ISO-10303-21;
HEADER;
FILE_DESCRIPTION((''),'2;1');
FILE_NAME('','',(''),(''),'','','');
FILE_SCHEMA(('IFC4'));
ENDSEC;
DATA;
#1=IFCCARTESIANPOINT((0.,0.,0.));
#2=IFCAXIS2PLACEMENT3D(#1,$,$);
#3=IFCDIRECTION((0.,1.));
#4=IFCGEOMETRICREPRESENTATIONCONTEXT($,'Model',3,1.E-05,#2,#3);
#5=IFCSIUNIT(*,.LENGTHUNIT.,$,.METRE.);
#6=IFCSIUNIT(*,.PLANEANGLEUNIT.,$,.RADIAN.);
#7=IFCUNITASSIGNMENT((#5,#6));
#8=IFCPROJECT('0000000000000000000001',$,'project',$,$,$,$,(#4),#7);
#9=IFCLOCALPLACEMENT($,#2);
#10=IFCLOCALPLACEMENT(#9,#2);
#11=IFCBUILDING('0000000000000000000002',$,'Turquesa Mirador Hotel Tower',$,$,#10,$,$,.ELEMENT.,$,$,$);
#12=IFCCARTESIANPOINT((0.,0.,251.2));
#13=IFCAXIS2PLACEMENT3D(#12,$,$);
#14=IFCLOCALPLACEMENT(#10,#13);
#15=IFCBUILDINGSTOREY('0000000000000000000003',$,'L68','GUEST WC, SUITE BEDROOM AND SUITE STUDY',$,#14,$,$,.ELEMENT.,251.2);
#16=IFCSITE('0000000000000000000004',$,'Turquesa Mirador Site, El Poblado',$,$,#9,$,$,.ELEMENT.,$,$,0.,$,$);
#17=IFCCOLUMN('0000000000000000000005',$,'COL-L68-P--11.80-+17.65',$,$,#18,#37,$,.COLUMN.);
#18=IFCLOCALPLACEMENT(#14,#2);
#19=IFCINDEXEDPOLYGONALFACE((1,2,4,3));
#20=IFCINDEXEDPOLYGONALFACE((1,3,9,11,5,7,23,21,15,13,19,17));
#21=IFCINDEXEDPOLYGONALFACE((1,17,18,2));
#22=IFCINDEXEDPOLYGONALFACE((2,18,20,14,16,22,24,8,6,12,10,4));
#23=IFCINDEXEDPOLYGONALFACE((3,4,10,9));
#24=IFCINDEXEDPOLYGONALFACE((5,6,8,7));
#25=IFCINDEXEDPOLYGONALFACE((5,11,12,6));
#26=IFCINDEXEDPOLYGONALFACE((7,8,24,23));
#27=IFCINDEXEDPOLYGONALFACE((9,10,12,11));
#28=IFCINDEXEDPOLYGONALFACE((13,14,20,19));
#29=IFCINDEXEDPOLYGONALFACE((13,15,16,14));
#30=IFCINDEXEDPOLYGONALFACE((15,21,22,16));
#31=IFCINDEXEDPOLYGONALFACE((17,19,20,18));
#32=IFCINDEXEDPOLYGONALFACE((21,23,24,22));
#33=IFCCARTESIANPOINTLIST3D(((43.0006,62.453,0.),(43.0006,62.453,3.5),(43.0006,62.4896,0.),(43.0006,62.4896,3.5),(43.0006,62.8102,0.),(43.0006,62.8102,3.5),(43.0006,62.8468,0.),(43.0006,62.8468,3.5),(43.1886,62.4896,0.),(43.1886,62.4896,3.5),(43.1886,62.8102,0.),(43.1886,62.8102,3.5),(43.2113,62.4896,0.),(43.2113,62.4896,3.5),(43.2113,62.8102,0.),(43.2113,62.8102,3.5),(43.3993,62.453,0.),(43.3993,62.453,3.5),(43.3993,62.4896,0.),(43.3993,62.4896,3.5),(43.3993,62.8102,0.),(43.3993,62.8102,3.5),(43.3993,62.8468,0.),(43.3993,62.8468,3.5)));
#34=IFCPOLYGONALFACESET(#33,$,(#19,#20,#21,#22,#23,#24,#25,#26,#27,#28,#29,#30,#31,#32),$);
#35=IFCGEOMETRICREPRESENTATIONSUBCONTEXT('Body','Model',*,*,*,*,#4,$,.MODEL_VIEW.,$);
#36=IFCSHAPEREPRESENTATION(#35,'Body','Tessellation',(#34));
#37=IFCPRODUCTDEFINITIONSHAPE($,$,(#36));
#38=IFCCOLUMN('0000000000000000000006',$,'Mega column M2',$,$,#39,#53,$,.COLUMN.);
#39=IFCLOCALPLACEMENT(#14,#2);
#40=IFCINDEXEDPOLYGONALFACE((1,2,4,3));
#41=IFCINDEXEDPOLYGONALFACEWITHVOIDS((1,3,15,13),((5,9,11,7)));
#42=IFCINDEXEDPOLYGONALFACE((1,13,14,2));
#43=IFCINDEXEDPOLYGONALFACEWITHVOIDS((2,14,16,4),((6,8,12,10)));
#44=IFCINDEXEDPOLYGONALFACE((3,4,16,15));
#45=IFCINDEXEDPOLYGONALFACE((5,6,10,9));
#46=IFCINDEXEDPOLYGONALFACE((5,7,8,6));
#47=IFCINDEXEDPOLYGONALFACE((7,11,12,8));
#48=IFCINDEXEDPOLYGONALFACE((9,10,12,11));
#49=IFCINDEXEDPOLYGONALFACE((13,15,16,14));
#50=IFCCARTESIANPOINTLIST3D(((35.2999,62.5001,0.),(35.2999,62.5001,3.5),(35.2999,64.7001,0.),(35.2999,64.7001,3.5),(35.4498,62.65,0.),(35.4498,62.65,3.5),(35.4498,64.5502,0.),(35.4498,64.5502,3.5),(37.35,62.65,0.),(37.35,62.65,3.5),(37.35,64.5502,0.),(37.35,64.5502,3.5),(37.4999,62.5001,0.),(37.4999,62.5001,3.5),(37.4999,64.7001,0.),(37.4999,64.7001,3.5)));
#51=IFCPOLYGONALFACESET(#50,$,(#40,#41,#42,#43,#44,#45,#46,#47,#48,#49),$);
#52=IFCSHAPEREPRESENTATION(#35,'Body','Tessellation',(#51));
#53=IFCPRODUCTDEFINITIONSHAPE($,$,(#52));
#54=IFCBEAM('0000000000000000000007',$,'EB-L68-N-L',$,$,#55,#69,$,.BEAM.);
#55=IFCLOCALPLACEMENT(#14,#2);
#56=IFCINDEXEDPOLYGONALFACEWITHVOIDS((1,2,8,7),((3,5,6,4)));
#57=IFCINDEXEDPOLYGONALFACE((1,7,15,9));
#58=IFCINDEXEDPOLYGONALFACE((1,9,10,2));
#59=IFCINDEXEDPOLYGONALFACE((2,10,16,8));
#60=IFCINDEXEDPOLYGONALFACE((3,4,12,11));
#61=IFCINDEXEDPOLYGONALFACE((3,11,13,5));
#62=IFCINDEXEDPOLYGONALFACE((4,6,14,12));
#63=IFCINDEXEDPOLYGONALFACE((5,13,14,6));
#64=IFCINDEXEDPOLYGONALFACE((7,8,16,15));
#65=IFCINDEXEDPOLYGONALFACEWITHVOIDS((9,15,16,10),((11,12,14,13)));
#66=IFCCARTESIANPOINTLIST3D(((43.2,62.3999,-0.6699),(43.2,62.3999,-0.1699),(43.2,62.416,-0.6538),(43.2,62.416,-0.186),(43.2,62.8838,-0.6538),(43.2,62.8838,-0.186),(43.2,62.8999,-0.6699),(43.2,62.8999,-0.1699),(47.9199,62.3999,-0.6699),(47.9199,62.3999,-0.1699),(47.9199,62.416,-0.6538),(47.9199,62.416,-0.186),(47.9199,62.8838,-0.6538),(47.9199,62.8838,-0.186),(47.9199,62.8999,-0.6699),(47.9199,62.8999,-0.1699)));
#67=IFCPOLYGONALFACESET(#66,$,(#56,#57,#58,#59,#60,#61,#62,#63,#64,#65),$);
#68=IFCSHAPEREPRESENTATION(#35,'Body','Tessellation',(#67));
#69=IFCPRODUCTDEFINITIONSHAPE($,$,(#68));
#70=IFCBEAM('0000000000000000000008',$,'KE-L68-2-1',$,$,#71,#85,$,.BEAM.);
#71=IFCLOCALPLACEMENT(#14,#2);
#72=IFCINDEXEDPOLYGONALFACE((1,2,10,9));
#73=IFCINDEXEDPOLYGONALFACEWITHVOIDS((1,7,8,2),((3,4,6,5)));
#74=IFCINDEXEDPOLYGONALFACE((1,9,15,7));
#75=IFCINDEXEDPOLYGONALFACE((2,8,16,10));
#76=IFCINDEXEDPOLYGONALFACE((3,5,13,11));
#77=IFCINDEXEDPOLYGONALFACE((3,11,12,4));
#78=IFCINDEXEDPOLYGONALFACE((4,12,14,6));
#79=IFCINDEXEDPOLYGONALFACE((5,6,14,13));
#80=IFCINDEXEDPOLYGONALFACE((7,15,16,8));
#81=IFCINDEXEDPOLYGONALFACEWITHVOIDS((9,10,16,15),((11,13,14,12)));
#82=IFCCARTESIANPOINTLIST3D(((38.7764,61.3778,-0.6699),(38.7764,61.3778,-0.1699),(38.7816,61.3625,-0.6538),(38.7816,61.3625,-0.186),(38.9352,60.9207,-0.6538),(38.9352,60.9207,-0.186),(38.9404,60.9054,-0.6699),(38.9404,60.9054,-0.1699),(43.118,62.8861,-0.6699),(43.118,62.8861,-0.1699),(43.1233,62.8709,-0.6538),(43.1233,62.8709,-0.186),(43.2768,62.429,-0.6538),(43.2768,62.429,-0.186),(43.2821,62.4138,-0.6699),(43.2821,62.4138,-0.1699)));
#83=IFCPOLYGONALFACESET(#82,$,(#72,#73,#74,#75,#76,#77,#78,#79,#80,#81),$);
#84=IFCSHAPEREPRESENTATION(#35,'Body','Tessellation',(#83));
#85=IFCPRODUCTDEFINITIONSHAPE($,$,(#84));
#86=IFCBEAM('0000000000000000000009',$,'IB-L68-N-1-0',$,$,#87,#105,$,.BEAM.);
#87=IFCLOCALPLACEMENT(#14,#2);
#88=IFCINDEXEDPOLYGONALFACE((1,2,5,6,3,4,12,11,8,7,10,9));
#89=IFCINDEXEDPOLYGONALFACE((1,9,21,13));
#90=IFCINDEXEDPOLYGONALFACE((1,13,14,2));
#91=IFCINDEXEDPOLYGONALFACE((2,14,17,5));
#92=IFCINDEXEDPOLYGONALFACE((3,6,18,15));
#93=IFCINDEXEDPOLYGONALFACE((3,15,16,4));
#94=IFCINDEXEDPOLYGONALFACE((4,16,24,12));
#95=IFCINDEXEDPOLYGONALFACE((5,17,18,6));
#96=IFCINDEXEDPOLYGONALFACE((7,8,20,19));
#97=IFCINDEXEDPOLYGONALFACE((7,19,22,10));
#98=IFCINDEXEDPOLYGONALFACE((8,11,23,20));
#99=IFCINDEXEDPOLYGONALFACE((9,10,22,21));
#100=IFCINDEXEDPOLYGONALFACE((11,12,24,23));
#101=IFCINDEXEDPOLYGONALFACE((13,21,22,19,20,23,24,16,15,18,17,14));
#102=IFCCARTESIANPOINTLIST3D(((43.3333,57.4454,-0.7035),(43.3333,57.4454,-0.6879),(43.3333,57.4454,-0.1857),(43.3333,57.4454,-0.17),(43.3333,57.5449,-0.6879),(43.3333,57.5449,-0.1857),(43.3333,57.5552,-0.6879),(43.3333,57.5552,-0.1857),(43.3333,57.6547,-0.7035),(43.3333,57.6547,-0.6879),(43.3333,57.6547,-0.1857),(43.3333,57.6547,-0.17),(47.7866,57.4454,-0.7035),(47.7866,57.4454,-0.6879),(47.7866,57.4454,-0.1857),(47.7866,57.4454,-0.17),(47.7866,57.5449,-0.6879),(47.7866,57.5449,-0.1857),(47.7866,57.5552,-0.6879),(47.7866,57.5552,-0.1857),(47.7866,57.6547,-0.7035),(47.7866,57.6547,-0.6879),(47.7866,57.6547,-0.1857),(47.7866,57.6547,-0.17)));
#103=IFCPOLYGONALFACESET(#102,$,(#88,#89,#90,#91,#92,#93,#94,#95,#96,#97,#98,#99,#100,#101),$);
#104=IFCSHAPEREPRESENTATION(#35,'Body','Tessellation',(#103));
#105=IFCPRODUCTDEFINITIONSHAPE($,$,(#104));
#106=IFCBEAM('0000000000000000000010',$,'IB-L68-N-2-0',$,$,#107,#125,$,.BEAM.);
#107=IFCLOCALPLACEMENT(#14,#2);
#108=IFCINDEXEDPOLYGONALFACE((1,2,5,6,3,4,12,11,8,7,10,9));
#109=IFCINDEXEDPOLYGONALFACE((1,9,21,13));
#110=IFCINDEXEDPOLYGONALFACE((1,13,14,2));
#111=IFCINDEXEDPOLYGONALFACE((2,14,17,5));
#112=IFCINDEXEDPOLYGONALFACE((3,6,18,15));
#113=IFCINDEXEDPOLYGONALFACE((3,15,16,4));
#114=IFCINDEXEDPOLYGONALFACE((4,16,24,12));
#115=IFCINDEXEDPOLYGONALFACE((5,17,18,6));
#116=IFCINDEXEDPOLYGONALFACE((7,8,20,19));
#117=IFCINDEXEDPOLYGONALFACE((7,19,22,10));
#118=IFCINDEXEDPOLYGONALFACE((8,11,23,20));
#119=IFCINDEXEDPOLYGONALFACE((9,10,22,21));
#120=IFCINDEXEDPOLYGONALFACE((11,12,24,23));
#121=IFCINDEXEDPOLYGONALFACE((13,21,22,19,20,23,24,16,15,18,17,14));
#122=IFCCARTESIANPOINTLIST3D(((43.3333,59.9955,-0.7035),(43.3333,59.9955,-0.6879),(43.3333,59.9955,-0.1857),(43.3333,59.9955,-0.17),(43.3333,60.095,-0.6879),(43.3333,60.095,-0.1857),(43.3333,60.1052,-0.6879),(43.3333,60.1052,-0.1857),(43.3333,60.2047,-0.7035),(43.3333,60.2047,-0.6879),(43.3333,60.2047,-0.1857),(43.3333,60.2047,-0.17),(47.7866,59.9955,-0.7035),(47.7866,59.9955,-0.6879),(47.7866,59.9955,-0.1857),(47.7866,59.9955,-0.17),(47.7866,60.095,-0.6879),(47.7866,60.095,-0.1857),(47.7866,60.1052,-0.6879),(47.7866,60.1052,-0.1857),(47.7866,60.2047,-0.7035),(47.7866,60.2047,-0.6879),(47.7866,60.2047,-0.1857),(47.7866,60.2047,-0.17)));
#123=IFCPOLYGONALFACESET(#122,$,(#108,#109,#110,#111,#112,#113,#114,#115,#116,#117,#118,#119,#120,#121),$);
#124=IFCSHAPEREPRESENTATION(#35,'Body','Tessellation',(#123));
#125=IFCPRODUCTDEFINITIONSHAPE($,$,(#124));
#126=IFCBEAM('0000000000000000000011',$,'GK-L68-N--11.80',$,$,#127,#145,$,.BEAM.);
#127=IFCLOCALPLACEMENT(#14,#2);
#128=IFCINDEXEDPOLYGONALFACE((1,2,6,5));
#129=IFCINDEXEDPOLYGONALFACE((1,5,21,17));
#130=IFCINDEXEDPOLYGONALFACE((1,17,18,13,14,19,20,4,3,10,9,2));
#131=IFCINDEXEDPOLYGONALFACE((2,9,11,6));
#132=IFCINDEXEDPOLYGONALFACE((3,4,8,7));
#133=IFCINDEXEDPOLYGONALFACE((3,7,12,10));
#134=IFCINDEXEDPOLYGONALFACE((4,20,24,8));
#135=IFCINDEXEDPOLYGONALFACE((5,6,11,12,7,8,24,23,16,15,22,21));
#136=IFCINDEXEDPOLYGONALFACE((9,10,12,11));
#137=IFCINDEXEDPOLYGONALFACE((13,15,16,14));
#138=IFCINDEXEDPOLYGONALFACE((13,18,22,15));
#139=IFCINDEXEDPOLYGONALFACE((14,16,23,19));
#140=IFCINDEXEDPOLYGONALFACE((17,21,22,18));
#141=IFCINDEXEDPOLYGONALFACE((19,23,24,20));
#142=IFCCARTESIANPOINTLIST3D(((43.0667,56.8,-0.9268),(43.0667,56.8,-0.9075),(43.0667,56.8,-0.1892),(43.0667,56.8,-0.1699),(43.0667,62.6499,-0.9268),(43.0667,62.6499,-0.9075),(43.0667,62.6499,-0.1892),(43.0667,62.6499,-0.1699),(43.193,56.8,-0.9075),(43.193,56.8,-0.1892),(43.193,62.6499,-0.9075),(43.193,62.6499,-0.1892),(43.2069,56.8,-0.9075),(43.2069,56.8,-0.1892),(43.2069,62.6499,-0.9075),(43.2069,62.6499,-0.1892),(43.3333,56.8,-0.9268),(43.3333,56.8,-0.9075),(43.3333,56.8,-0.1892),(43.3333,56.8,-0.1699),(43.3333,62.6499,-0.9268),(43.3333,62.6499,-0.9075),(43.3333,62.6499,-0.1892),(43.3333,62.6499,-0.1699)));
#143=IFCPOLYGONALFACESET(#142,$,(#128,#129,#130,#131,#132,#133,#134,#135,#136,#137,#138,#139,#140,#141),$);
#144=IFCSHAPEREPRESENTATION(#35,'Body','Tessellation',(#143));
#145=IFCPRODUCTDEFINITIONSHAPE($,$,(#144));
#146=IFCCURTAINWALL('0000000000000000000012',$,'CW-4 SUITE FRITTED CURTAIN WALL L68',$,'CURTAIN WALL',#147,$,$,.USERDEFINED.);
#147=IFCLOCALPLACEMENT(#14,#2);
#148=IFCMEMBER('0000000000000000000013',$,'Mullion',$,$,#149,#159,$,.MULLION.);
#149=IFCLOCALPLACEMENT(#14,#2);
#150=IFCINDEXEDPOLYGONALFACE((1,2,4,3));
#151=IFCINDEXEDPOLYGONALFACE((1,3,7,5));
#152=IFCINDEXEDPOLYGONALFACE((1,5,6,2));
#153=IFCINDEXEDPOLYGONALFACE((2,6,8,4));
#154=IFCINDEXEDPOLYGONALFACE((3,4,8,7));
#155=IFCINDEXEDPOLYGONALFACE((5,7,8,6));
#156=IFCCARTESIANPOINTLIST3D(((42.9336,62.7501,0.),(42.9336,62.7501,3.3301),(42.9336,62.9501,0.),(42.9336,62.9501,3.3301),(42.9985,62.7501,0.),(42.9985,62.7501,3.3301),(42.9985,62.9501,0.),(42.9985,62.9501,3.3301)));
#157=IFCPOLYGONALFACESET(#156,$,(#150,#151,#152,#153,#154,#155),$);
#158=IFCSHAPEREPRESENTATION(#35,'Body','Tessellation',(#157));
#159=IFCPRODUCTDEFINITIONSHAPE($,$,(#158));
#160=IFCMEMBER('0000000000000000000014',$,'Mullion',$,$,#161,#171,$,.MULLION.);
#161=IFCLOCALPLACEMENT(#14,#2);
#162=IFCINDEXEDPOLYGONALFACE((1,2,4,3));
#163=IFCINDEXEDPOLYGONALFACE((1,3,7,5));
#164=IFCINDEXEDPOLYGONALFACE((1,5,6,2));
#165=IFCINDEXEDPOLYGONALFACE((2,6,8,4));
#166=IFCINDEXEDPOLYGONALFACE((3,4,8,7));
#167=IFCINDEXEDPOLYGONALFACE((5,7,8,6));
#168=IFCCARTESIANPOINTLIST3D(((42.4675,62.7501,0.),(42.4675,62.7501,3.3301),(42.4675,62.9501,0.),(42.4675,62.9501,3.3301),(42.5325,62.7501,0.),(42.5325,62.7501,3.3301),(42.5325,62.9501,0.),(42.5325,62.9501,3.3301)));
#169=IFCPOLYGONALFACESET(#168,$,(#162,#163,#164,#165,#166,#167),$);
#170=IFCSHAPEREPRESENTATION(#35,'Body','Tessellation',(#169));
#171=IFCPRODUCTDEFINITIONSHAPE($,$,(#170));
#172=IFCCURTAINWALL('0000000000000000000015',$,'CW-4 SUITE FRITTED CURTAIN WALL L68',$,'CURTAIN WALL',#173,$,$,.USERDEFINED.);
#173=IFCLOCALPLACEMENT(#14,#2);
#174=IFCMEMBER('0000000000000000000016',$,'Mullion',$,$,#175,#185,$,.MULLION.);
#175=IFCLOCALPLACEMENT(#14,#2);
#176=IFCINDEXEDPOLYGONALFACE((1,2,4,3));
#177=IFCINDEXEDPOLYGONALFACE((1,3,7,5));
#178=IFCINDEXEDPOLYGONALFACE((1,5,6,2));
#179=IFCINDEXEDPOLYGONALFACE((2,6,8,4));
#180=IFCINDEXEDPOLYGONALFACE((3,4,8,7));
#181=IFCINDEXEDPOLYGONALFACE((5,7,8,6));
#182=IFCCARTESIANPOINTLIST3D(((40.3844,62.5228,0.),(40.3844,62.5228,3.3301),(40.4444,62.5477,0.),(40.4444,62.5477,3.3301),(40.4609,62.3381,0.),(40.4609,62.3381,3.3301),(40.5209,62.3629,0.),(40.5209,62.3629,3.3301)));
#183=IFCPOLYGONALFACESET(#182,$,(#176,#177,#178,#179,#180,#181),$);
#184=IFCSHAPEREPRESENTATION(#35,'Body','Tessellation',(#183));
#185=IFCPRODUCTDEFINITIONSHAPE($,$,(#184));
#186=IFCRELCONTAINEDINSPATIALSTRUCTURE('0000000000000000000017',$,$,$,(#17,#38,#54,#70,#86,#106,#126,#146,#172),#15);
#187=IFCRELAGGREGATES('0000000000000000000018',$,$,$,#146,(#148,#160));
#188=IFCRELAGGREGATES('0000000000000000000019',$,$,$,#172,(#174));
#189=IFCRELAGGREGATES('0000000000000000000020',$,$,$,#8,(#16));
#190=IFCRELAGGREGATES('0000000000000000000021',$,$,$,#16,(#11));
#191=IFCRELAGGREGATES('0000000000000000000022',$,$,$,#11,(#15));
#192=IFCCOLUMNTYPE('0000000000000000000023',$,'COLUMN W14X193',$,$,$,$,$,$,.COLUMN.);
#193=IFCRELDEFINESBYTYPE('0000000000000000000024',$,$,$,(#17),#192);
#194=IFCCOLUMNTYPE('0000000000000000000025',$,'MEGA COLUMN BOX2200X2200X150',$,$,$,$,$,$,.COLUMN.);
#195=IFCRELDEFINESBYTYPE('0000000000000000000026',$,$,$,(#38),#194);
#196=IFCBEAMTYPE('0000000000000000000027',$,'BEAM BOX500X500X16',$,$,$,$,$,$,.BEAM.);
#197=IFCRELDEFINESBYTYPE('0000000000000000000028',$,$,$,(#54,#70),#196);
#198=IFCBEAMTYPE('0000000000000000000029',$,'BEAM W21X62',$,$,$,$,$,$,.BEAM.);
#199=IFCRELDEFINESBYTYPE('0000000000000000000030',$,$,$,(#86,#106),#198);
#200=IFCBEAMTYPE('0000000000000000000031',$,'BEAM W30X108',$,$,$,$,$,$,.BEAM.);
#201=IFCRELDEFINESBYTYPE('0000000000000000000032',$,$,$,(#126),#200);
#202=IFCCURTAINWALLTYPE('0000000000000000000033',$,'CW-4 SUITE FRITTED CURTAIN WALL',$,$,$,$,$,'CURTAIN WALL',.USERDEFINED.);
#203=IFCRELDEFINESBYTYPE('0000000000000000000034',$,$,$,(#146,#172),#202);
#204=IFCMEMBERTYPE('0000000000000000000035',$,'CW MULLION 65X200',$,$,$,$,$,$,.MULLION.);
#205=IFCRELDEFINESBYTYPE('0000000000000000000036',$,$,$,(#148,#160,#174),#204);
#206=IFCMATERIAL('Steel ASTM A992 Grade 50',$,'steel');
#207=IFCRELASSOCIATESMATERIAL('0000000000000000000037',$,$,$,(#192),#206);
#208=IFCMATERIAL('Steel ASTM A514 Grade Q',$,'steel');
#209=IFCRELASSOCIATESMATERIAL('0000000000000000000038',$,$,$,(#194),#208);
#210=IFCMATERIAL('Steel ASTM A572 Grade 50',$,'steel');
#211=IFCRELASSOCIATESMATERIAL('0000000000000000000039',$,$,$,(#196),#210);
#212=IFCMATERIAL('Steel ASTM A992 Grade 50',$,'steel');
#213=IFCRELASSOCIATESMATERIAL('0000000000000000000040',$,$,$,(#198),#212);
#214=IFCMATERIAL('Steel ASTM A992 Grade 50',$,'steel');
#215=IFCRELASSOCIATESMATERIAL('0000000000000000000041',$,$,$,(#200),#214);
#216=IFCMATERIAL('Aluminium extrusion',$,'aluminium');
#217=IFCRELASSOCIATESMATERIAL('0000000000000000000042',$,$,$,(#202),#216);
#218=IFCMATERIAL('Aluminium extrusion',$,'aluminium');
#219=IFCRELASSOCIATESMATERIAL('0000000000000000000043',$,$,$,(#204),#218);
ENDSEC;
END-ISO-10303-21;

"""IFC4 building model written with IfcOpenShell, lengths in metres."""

from ifc_helpers import new_model, si_unit, direction, frame, origin, origin_2d, place, context, subcontext, project, spatial, rectangle, hollow_rectangle, i_section, extrude, material, material_profile, profile_set, type_object, element, aggregate, save


model = new_model("IFC4")

# Units and contexts
model_context = context("Model", 3, precision=1e-05, world=origin(), true_north=direction((0.0, 1.0)))
body_context = subcontext(model_context, "Body", "Model", "MODEL_VIEW")
ifc_project = project(units=[si_unit("LENGTHUNIT", "METRE"), si_unit("PLANEANGLEUNIT", "RADIAN")], contexts=[model_context])

# Site, building, storey
site_placement = place(None, origin())
site = spatial("IfcSite", under=ifc_project, at=site_placement, Name="Turquesa Mirador Site, El Poblado", CompositionType="ELEMENT", RefElevation=0.0)
building_placement = place(site_placement, origin())
building = spatial("IfcBuilding", under=site, at=building_placement, Name="Turquesa Mirador Hotel Tower", CompositionType="ELEMENT")
storey_placement = place(building_placement, frame((0.0, 0.0, 251.2)))
storey = spatial("IfcBuildingStorey", under=building, at=storey_placement, Name="L68", Description="GUEST WC, SUITE BEDROOM AND SUITE STUDY", CompositionType="ELEMENT", Elevation=251.2)

# Columns
ifc_material_1 = material(Name="Steel ASTM A992 Grade 50", Category="steel")
ifc_material_profile_1 = material_profile(ifc_material_1, i_section(OverallWidth=0.3987, OverallDepth=0.3938, WebThickness=0.0227, FlangeThickness=0.0366, at=origin_2d()), Name="W14X193")
ifc_profile_set_1 = profile_set([ifc_material_profile_1], Name="Steel ASTM A992 Grade 50")
column_type_1 = type_object("IfcColumnType", Name="COLUMN W14X193", PredefinedType="COLUMN", material=ifc_profile_set_1)
column_1_placement = place(storey_placement, frame((43.2, 62.6499, 0.0), z_axis=(0.0, 0.0, 1.0), x_axis=(1.0, 0.0, 0.0)))
element("IfcColumn", 1, at=column_1_placement, inside=storey, type_object=column_type_1, Name="COL-L68-P--11.80-+17.65", PredefinedType="COLUMN", context=body_context, shape_type="SweptSolid", body=[
    extrude(i_section(OverallWidth=0.3987, OverallDepth=0.3938, WebThickness=0.0227, FlangeThickness=0.0366, at=origin_2d()), origin(), (0.0, 0.0, 1.0), 3.5),
])
ifc_material_2 = material(Name="Steel ASTM A514 Grade Q", Category="steel")
ifc_material_profile_2 = material_profile(ifc_material_2, hollow_rectangle(XDim=2.2, YDim=2.2, WallThickness=0.1499, at=origin_2d()), Name="BOX2200X2200X150")
ifc_profile_set_2 = profile_set([ifc_material_profile_2], Name="Steel ASTM A514 Grade Q")
column_type_2 = type_object("IfcColumnType", Name="MEGA COLUMN BOX2200X2200X150", PredefinedType="COLUMN", material=ifc_profile_set_2)
column_2_placement = place(storey_placement, frame((36.3999, 63.6001, 0.0), z_axis=(0.0, 0.0, 1.0), x_axis=(1.0, 0.0, 0.0)))
element("IfcColumn", 2, at=column_2_placement, inside=storey, type_object=column_type_2, Name="Mega column M2", PredefinedType="COLUMN", context=body_context, shape_type="SweptSolid", body=[
    extrude(hollow_rectangle(XDim=2.2, YDim=2.2, WallThickness=0.1499, at=origin_2d()), origin(), (0.0, 0.0, 1.0), 3.5),
])

# Beams
ifc_material_3 = material(Name="Steel ASTM A572 Grade 50", Category="steel")
ifc_material_profile_3 = material_profile(ifc_material_3, hollow_rectangle(XDim=0.5, YDim=0.5, WallThickness=0.0161, at=origin_2d()), Name="BOX500X500X16")
ifc_profile_set_3 = profile_set([ifc_material_profile_3], Name="Steel ASTM A572 Grade 50")
beam_type_1 = type_object("IfcBeamType", Name="BEAM BOX500X500X16", PredefinedType="BEAM", material=ifc_profile_set_3)
beam_1_placement = place(storey_placement, frame((43.2, 62.6499, -0.4199), z_axis=(1.0, 0.0, 0.0), x_axis=(0.0, 1.0, 0.0)))
element("IfcBeam", 3, at=beam_1_placement, inside=storey, type_object=beam_type_1, Name="EB-L68-N-L", PredefinedType="BEAM", context=body_context, shape_type="SweptSolid", body=[
    extrude(hollow_rectangle(XDim=0.5, YDim=0.5, WallThickness=0.0161, at=origin_2d()), origin(), (0.0, 0.0, 1.0), 4.72),
])
beam_2_placement = place(storey_placement, frame((38.8584, 61.1416, -0.4199), z_axis=(0.944619, 0.32817, 0.0), x_axis=(-0.32817, 0.944619, 0.0)))
element("IfcBeam", 4, at=beam_2_placement, inside=storey, type_object=beam_type_1, Name="KE-L68-2-1", PredefinedType="BEAM", context=body_context, shape_type="SweptSolid", body=[
    extrude(hollow_rectangle(XDim=0.5, YDim=0.5, WallThickness=0.0161, at=origin_2d()), origin(), (0.0, 0.0, 1.0), 4.5962),
])
ifc_material_4 = material(Name="Steel ASTM A992 Grade 50", Category="steel")
ifc_material_profile_4 = material_profile(ifc_material_4, i_section(OverallWidth=0.2092, OverallDepth=0.5334, WebThickness=0.0103, FlangeThickness=0.0156, at=origin_2d()), Name="W21X62")
ifc_profile_set_4 = profile_set([ifc_material_profile_4], Name="Steel ASTM A992 Grade 50")
beam_type_2 = type_object("IfcBeamType", Name="BEAM W21X62", PredefinedType="BEAM", material=ifc_profile_set_4)
for number, where, z_axis, x_axis, name in (
    (5, (43.3333, 57.55, -0.4368), (1.0, 0.0, 0.0), (0.0, 1.0, 0.0), "IB-L68-N-1-0"),
    (6, (43.3333, 60.1001, -0.4368), (1.0, 0.0, 0.0), (0.0, 1.0, 0.0), "IB-L68-N-2-0"),
):
    element("IfcBeam", number, at=place(storey_placement, frame(where, z_axis=z_axis, x_axis=x_axis)), inside=storey, type_object=beam_type_2, Name=name, PredefinedType="BEAM", context=body_context, shape_type="SweptSolid", body=[
        extrude(i_section(OverallWidth=0.2092, OverallDepth=0.5334, WebThickness=0.0103, FlangeThickness=0.0156, at=origin_2d()), origin(), (0.0, 0.0, 1.0), 4.4534),
    ])
ifc_material_5 = material(Name="Steel ASTM A992 Grade 50", Category="steel")
ifc_material_profile_5 = material_profile(ifc_material_5, i_section(OverallWidth=0.2666, OverallDepth=0.7568, WebThickness=0.0139, FlangeThickness=0.0193, at=origin_2d()), Name="W30X108")
ifc_profile_set_5 = profile_set([ifc_material_profile_5], Name="Steel ASTM A992 Grade 50")
beam_type_3 = type_object("IfcBeamType", Name="BEAM W30X108", PredefinedType="BEAM", material=ifc_profile_set_5)
beam_3_placement = place(storey_placement, frame((43.2, 62.6499, -0.5483), z_axis=(0.0, -1.0, 0.0), x_axis=(1.0, 0.0, 0.0)))
element("IfcBeam", 7, at=beam_3_placement, inside=storey, type_object=beam_type_3, Name="GK-L68-N--11.80", PredefinedType="BEAM", context=body_context, shape_type="SweptSolid", body=[
    extrude(i_section(OverallWidth=0.2666, OverallDepth=0.7568, WebThickness=0.0139, FlangeThickness=0.0193, at=origin_2d()), origin(), (0.0, 0.0, 1.0), 5.8499),
])

# Curtain walls, members
ifc_material_6 = material(Name="Aluminium extrusion", Category="aluminium")
curtain_wall_type = type_object("IfcCurtainWallType", Name="CW-4 SUITE FRITTED CURTAIN WALL", ElementType="CURTAIN WALL", PredefinedType="USERDEFINED", material=ifc_material_6)
curtain_wall_1_placement = place(storey_placement, origin())
curtain_wall_1 = element("IfcCurtainWall", 8, at=curtain_wall_1_placement, inside=storey, type_object=curtain_wall_type, Name="CW-4 SUITE FRITTED CURTAIN WALL L68", ObjectType="CURTAIN WALL", PredefinedType="USERDEFINED")
ifc_material_7 = material(Name="Aluminium extrusion", Category="aluminium")
ifc_material_profile_6 = material_profile(ifc_material_7, rectangle(XDim=0.0649, YDim=0.2, at=origin_2d()), Name="MULLION 65X200")
ifc_profile_set_6 = profile_set([ifc_material_profile_6], Name="Aluminium extrusion")
member_type_1 = type_object("IfcMemberType", Name="CW MULLION 65X200", PredefinedType="MULLION", material=ifc_profile_set_6)
member_1_placement = place(storey_placement, frame((42.9661, 62.8501, 0.0), z_axis=(0.0, 0.0, 1.0), x_axis=(-1.0, 0.0, 0.0)))
member_1 = element("IfcMember", 9, at=member_1_placement, type_object=member_type_1, Name="Mullion", PredefinedType="MULLION", context=body_context, shape_type="SweptSolid", body=[
    extrude(rectangle(XDim=0.0649, YDim=0.2, at=origin_2d()), origin(), (0.0, 0.0, 1.0), 3.3301),
])
member_2_placement = place(storey_placement, frame((42.5, 62.8501, 0.0), z_axis=(0.0, 0.0, 1.0), x_axis=(-1.0, 0.0, 0.0)))
member_2 = element("IfcMember", 10, at=member_2_placement, type_object=member_type_1, Name="Mullion", PredefinedType="MULLION", context=body_context, shape_type="SweptSolid", body=[
    extrude(rectangle(XDim=0.0649, YDim=0.2, at=origin_2d()), origin(), (0.0, 0.0, 1.0), 3.3301),
])
curtain_wall_2_placement = place(storey_placement, origin())
curtain_wall_2 = element("IfcCurtainWall", 11, at=curtain_wall_2_placement, inside=storey, type_object=curtain_wall_type, Name="CW-4 SUITE FRITTED CURTAIN WALL L68", ObjectType="CURTAIN WALL", PredefinedType="USERDEFINED")
member_3_placement = place(storey_placement, frame((40.4526, 62.4429, 0.0), z_axis=(0.0, 0.0, 1.0), x_axis=(-0.92388, -0.382683, 0.0)))
member_3 = element("IfcMember", 12, at=member_3_placement, type_object=member_type_1, Name="Mullion", PredefinedType="MULLION", context=body_context, shape_type="SweptSolid", body=[
    extrude(rectangle(XDim=0.0649, YDim=0.2, at=origin_2d()), origin(), (0.0, 0.0, 1.0), 3.3301),
])

aggregate(curtain_wall_1, [member_1, member_2])
aggregate(curtain_wall_2, [member_3])

save(model, "model.ifc")
